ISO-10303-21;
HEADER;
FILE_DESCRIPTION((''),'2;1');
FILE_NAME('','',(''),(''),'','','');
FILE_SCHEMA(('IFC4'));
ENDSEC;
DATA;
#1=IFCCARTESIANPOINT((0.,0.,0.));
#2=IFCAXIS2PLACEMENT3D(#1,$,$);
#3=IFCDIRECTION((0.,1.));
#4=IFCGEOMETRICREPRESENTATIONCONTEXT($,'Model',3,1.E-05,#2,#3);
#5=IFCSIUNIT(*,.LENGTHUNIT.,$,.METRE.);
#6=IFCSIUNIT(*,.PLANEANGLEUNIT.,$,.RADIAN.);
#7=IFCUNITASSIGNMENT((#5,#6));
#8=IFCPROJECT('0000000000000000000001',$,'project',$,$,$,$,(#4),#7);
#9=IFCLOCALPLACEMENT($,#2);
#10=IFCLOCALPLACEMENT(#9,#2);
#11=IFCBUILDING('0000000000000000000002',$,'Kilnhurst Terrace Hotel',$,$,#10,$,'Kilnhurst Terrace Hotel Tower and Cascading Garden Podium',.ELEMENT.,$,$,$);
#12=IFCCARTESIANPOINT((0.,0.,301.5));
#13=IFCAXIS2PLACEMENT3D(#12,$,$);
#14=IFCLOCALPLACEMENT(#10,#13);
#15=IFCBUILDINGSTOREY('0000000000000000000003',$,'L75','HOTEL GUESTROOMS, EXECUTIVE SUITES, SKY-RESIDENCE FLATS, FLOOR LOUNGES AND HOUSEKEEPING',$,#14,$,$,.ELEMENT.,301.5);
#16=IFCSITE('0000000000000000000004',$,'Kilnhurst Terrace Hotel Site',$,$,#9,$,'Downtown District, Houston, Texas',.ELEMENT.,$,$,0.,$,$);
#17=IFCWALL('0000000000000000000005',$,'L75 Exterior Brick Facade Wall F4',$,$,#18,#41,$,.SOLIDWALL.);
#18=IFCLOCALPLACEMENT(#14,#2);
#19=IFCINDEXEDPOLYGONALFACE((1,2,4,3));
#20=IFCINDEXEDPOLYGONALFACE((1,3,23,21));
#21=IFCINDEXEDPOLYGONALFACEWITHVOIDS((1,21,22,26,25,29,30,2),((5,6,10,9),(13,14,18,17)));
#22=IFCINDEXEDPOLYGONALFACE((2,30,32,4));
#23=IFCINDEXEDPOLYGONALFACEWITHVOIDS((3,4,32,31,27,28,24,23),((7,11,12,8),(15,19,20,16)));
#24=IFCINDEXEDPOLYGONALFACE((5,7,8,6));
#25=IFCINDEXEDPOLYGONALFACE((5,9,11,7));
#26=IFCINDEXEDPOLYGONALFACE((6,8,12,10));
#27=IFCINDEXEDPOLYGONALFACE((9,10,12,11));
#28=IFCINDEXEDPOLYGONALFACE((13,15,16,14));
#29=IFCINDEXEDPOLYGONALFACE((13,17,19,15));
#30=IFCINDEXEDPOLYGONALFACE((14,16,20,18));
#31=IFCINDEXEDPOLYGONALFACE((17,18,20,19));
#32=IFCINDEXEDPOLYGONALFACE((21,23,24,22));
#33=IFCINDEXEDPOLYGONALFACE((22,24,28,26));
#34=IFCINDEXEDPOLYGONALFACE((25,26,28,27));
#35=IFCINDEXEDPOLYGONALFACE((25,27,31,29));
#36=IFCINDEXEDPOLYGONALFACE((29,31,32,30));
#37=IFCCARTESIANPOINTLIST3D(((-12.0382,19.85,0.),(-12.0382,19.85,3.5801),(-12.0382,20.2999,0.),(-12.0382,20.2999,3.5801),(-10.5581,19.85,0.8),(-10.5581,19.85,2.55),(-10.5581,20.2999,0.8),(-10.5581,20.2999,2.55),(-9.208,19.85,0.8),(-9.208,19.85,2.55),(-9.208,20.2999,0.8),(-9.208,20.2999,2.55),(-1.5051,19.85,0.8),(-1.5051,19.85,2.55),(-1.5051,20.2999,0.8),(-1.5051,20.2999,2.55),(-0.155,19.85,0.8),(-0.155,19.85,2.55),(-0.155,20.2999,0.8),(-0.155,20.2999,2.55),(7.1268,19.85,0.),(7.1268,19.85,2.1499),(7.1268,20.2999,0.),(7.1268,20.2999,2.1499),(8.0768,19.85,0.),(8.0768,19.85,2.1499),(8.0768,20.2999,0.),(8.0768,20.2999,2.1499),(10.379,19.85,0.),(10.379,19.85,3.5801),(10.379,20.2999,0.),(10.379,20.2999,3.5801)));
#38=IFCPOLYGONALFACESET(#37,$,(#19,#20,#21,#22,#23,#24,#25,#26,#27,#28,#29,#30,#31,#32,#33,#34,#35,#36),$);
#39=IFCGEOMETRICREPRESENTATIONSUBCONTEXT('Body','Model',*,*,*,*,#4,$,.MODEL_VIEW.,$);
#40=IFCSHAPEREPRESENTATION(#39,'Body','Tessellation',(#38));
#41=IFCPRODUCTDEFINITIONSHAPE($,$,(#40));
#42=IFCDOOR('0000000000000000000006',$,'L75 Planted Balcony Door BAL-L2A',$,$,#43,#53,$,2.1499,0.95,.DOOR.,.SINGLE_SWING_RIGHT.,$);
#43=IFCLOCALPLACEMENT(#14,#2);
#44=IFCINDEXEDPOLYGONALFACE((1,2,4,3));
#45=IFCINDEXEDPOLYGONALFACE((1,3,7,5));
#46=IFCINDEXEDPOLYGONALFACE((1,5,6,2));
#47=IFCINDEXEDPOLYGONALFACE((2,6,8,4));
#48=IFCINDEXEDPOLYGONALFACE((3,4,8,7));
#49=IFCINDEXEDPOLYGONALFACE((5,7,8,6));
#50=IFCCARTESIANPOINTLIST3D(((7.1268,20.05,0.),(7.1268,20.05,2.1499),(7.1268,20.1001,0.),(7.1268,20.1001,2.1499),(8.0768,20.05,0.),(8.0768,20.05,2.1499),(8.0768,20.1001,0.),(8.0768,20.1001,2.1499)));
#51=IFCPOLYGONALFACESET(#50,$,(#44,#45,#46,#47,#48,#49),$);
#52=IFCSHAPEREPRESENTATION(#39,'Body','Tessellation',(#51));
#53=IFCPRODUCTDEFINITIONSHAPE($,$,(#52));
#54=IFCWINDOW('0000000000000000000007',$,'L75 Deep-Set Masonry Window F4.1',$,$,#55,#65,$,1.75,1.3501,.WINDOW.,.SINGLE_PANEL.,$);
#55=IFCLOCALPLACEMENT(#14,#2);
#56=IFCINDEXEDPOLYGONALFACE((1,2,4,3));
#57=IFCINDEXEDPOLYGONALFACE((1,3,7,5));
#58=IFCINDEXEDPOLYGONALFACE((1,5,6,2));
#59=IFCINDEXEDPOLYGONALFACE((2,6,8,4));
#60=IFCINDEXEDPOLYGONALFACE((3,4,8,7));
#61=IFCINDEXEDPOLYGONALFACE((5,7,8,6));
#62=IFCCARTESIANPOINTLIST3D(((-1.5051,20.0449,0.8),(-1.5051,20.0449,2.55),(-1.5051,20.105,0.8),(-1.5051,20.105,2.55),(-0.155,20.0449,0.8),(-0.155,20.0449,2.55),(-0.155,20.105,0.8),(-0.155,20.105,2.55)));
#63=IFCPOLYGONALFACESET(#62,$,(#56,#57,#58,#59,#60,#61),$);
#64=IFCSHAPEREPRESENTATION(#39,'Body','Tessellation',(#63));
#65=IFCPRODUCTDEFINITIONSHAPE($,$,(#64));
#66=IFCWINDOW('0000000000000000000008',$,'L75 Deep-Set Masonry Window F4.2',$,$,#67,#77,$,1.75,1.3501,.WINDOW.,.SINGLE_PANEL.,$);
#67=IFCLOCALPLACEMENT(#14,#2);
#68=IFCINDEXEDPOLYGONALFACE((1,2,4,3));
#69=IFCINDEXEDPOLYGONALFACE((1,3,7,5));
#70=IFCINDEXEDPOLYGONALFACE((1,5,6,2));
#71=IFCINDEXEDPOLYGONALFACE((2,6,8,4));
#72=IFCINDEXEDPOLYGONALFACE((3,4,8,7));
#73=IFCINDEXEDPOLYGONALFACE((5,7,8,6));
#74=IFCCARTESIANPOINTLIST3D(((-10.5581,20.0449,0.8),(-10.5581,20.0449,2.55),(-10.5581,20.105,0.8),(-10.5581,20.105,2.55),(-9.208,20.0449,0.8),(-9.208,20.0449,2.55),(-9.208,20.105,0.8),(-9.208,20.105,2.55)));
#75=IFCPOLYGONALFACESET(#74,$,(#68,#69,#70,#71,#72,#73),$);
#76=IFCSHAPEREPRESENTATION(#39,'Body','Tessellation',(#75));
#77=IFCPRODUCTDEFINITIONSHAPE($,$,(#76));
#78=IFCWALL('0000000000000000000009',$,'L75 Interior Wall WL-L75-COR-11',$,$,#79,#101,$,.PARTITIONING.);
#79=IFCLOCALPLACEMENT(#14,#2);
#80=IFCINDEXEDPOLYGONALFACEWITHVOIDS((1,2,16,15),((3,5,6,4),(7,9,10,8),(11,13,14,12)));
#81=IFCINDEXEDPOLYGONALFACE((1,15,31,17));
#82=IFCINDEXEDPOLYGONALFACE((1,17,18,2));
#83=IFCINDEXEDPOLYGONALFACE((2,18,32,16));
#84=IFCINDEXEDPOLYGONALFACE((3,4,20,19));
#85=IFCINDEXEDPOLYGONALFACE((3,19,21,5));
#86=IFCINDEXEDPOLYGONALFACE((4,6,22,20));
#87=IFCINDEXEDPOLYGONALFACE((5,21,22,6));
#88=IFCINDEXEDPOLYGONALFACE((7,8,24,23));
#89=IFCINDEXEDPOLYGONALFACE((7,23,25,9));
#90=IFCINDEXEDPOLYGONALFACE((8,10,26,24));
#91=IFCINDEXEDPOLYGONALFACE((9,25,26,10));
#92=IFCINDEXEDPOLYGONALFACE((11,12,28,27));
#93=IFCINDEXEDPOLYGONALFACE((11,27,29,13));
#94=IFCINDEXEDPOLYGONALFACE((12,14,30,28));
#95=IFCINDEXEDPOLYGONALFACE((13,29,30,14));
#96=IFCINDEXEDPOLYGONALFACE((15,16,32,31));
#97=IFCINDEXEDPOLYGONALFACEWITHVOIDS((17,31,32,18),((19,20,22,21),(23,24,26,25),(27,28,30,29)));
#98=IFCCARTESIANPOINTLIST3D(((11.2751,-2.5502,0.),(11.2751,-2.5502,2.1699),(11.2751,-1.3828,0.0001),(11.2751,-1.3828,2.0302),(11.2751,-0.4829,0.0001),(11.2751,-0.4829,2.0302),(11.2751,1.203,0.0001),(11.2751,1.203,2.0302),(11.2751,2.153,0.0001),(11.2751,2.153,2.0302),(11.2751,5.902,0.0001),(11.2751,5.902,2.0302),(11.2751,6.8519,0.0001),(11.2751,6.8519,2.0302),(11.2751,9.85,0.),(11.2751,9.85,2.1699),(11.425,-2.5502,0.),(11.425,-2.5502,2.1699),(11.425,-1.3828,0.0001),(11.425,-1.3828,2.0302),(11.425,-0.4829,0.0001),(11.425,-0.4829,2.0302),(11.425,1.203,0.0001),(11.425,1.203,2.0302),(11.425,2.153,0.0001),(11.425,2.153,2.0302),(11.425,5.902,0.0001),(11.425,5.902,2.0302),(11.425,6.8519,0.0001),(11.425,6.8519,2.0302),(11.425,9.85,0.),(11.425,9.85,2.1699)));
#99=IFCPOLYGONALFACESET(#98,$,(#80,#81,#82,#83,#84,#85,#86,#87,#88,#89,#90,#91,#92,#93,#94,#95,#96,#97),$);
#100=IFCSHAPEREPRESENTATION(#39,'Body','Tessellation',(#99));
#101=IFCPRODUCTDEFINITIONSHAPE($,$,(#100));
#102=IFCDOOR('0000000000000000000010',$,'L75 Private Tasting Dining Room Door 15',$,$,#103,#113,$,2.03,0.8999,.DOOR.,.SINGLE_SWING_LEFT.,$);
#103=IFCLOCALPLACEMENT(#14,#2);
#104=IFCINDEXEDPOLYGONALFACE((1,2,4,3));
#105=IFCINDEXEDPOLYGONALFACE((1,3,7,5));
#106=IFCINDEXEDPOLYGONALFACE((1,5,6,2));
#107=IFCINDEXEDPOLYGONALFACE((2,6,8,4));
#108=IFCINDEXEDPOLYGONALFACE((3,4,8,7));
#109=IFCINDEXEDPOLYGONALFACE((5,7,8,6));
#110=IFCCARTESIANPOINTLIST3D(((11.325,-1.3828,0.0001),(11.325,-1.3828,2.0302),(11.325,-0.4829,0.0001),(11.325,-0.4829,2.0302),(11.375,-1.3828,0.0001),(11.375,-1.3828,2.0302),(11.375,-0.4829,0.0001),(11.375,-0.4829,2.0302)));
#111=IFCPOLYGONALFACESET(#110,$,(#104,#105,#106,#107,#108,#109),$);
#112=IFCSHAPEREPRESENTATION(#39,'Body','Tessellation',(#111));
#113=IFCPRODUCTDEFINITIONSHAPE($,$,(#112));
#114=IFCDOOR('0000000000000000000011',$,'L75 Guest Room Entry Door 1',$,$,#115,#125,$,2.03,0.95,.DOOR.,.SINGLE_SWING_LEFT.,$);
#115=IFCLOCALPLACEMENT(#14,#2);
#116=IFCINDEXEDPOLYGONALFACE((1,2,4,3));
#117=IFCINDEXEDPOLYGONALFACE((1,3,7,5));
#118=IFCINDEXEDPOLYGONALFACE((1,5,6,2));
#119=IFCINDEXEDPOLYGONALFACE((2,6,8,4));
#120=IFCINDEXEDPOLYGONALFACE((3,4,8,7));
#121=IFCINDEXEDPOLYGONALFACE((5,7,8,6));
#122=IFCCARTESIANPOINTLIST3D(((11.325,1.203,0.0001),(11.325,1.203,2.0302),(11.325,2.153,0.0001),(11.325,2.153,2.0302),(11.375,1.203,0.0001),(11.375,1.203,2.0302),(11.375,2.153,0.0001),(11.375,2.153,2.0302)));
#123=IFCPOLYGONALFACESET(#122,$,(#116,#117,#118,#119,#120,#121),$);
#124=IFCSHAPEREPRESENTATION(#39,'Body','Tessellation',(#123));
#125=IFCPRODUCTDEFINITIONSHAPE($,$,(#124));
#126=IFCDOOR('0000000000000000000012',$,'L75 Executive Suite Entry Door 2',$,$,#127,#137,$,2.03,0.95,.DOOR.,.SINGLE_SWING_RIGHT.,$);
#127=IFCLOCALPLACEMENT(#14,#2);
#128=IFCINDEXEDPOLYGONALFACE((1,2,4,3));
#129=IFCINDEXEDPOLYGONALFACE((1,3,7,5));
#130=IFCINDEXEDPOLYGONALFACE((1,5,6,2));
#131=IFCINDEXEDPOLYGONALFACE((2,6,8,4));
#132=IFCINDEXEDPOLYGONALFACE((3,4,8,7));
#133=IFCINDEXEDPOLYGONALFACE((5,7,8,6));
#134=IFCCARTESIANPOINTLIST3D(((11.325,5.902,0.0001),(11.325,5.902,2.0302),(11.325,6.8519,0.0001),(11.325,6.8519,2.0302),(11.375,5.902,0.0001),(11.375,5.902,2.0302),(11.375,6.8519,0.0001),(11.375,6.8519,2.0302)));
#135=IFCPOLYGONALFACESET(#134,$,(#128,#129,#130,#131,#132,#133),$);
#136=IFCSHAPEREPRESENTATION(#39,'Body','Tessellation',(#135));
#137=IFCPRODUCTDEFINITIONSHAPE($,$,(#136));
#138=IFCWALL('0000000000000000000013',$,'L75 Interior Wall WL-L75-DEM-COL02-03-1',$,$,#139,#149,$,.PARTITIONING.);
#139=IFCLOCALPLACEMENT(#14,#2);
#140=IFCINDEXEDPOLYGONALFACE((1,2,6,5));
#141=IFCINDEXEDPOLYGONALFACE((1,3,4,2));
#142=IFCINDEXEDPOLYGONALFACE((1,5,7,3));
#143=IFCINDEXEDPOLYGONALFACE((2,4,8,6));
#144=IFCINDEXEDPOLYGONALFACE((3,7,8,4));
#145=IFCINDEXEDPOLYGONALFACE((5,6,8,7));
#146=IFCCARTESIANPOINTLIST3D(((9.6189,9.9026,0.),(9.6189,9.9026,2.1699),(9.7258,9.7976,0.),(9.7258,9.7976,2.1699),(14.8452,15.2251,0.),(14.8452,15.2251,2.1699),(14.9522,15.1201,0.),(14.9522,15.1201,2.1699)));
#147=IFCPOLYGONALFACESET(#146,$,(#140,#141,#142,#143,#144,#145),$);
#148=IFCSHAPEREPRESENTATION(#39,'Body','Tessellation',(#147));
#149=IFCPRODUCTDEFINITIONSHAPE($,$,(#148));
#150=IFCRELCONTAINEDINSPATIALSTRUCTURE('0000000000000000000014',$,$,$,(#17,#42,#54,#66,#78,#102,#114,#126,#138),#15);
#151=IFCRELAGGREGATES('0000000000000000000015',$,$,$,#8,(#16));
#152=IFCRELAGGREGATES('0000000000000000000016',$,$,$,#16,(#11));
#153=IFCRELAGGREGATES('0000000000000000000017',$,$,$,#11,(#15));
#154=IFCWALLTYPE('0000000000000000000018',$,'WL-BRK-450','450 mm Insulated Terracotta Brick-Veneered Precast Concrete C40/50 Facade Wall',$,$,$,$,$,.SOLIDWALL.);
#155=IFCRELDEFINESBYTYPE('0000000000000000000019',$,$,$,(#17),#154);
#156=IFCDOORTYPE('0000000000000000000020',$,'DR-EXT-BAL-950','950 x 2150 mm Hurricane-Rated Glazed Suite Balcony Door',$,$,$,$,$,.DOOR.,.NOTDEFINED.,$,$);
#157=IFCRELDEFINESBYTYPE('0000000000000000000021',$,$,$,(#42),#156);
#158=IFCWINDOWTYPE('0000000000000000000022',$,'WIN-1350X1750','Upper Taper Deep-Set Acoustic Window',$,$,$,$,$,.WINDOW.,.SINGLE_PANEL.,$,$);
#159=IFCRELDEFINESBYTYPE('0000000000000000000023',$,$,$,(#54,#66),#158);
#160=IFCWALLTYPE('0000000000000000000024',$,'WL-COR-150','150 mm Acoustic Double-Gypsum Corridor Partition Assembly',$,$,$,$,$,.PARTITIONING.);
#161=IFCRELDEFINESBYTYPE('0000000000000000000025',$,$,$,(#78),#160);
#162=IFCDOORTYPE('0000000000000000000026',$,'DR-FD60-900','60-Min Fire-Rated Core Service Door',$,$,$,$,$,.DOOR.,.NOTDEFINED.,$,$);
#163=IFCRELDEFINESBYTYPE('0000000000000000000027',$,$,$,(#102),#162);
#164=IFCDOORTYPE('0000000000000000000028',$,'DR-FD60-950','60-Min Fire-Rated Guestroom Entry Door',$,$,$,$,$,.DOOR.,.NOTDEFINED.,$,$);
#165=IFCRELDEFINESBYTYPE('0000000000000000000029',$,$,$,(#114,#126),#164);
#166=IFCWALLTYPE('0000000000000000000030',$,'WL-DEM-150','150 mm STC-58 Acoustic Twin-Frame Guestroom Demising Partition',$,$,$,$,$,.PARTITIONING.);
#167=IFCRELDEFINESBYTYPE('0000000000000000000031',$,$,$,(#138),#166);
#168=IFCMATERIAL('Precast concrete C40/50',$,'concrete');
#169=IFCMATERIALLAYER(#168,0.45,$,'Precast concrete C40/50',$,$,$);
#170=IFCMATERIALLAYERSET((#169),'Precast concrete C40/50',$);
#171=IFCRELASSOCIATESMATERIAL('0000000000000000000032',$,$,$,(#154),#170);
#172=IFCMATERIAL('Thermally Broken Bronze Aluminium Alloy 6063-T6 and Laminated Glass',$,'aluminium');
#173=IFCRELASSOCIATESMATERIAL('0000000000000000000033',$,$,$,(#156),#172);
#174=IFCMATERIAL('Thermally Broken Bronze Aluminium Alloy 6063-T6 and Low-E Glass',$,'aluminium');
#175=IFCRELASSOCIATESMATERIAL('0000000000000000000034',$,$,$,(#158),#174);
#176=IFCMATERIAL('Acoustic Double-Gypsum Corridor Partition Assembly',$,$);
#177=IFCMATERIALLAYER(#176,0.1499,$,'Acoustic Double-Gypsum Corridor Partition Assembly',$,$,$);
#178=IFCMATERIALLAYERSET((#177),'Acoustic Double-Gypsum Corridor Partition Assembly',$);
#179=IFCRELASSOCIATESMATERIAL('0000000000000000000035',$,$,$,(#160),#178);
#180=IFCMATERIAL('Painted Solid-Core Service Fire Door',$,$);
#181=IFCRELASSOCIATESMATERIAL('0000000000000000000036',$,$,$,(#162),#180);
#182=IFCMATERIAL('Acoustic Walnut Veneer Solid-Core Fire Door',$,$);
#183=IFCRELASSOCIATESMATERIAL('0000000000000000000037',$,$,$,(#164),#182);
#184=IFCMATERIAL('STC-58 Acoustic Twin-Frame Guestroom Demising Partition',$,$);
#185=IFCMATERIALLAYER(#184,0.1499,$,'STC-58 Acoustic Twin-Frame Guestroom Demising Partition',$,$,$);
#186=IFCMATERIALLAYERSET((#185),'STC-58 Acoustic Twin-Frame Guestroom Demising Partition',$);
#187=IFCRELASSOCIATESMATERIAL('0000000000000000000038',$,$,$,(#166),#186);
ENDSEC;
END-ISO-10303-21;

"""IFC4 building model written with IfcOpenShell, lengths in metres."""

from ifc_helpers import new_model, si_unit, direction, frame, frame_2d, origin, place, context, subcontext, project, spatial, rectangle, extrude, material, layer, layer_set, type_object, element, fill, save


model = new_model("IFC4")

# Units and contexts
model_context = context("Model", 3, precision=1e-05, world=origin(), true_north=direction((0.0, 1.0)))
body_context = subcontext(model_context, "Body", "Model", "MODEL_VIEW")
ifc_project = project(units=[si_unit("LENGTHUNIT", "METRE"), si_unit("PLANEANGLEUNIT", "RADIAN")], contexts=[model_context])

# Site, building, storey
site_placement = place(None, origin())
site = spatial("IfcSite", under=ifc_project, at=site_placement, Name="Kilnhurst Terrace Hotel Site", LongName="Downtown District, Houston, Texas", CompositionType="ELEMENT", RefElevation=0.0)
building_placement = place(site_placement, origin())
building = spatial("IfcBuilding", under=site, at=building_placement, Name="Kilnhurst Terrace Hotel", LongName="Kilnhurst Terrace Hotel Tower and Cascading Garden Podium", CompositionType="ELEMENT")
storey_placement = place(building_placement, frame((0.0, 0.0, 301.5)))
storey = spatial("IfcBuildingStorey", under=building, at=storey_placement, Name="L75", Description="HOTEL GUESTROOMS, EXECUTIVE SUITES, SKY-RESIDENCE FLATS, FLOOR LOUNGES AND HOUSEKEEPING", CompositionType="ELEMENT", Elevation=301.5)

# Shared definitions
ifc_material_1 = material(Name="Precast concrete C40/50", Category="concrete")
ifc_layer_1 = layer(ifc_material_1, 0.45, Name="Precast concrete C40/50")
ifc_layer_set_1 = layer_set([ifc_layer_1], Name="Precast concrete C40/50")
wall_type_1 = type_object("IfcWallType", Name="WL-BRK-450", Description="450 mm Insulated Terracotta Brick-Veneered Precast Concrete C40/50 Facade Wall", PredefinedType="SOLIDWALL", material=ifc_layer_set_1)

# Wall, openings, door, windows
wall_1_placement = place(storey_placement, frame((10.3789, 20.075, 0.0), z_axis=(0.0, 0.0, 1.0), x_axis=(-1.0, 0.0, 0.0)))
wall_1 = element("IfcWall", 1, at=wall_1_placement, inside=storey, type_object=wall_type_1, Name="L75 Exterior Brick Facade Wall F4", PredefinedType="SOLIDWALL", context=body_context, shape_type="SweptSolid", body=[
    extrude(rectangle(XDim=22.4172, YDim=0.45, at=frame_2d((11.2085, 0.0))), origin(), (0.0, 0.0, 1.0), 3.5801),
])
opening_1_placement = place(wall_1_placement, frame((2.302, 0.0, 0.0)))
opening_1 = element("IfcOpeningElement", 2, at=opening_1_placement, cuts=wall_1, PredefinedType="OPENING", context=body_context, shape_type="SweptSolid", body=[
    extrude(rectangle(XDim=0.95, YDim=2.1499, at=frame_2d((0.4751, 1.075))), frame((0.0, 0.2349, 0.0), z_axis=(0.0, -1.0, 0.0), x_axis=(1.0, 0.0, 0.0)), (0.0, 0.0, 1.0), 0.47),
])
opening_2_placement = place(wall_1_placement, frame((10.5339, 0.0, 0.8)))
opening_2 = element("IfcOpeningElement", 3, at=opening_2_placement, cuts=wall_1, PredefinedType="OPENING", context=body_context, shape_type="SweptSolid", body=[
    extrude(rectangle(XDim=1.3501, YDim=1.75, at=frame_2d((0.675, 0.875))), frame((0.0, 0.2349, 0.0), z_axis=(0.0, -1.0, 0.0), x_axis=(1.0, 0.0, 0.0)), (0.0, 0.0, 1.0), 0.47),
])
opening_3_placement = place(wall_1_placement, frame((19.5869, 0.0, 0.8)))
opening_3 = element("IfcOpeningElement", 4, at=opening_3_placement, cuts=wall_1, PredefinedType="OPENING", context=body_context, shape_type="SweptSolid", body=[
    extrude(rectangle(XDim=1.3501, YDim=1.75, at=frame_2d((0.675, 0.875))), frame((0.0, 0.2349, 0.0), z_axis=(0.0, -1.0, 0.0), x_axis=(1.0, 0.0, 0.0)), (0.0, 0.0, 1.0), 0.47),
])
ifc_material_2 = material(Name="Thermally Broken Bronze Aluminium Alloy 6063-T6 and Laminated Glass", Category="aluminium")
door_type_1 = type_object("IfcDoorType", Name="DR-EXT-BAL-950", Description="950 x 2150 mm Hurricane-Rated Glazed Suite Balcony Door", OperationType="NOTDEFINED", PredefinedType="DOOR", material=ifc_material_2)
door_1_placement = place(opening_1_placement, origin())
door_1 = element("IfcDoor", 5, at=door_1_placement, inside=storey, type_object=door_type_1, Name="L75 Planted Balcony Door BAL-L2A", OperationType="SINGLE_SWING_RIGHT", OverallHeight=2.1499, OverallWidth=0.95, PredefinedType="DOOR", context=body_context, shape_type="SweptSolid", body=[
    extrude(rectangle(XDim=0.95, YDim=2.1499, at=frame_2d((0.4751, 1.075))), frame((0.0, 0.0249, 0.0), z_axis=(0.0, -1.0, 0.0), x_axis=(1.0, 0.0, 0.0)), (0.0, 0.0, 1.0), 0.05),
])
fill(opening_1, door_1)
ifc_material_3 = material(Name="Thermally Broken Bronze Aluminium Alloy 6063-T6 and Low-E Glass", Category="aluminium")
window_type = type_object("IfcWindowType", Name="WIN-1350X1750", Description="Upper Taper Deep-Set Acoustic Window", PartitioningType="SINGLE_PANEL", PredefinedType="WINDOW", material=ifc_material_3)
window_1_placement = place(opening_2_placement, origin())
window_1 = element("IfcWindow", 6, at=window_1_placement, inside=storey, type_object=window_type, Name="L75 Deep-Set Masonry Window F4.1", OverallHeight=1.75, OverallWidth=1.3501, PartitioningType="SINGLE_PANEL", PredefinedType="WINDOW", context=body_context, shape_type="SweptSolid", body=[
    extrude(rectangle(XDim=1.3501, YDim=1.75, at=frame_2d((0.675, 0.875))), frame((0.0, 0.03, 0.0), z_axis=(0.0, -1.0, 0.0), x_axis=(1.0, 0.0, 0.0)), (0.0, 0.0, 1.0), 0.0601),
])
fill(opening_2, window_1)
window_2_placement = place(opening_3_placement, origin())
window_2 = element("IfcWindow", 7, at=window_2_placement, inside=storey, type_object=window_type, Name="L75 Deep-Set Masonry Window F4.2", OverallHeight=1.75, OverallWidth=1.3501, PartitioningType="SINGLE_PANEL", PredefinedType="WINDOW", context=body_context, shape_type="SweptSolid", body=[
    extrude(rectangle(XDim=1.3501, YDim=1.75, at=frame_2d((0.675, 0.875))), frame((0.0, 0.03, 0.0), z_axis=(0.0, -1.0, 0.0), x_axis=(1.0, 0.0, 0.0)), (0.0, 0.0, 1.0), 0.0601),
])
fill(opening_3, window_2)

# Wall, openings, doors
ifc_material_4 = material(Name="Acoustic Double-Gypsum Corridor Partition Assembly")
ifc_layer_2 = layer(ifc_material_4, 0.1499, Name="Acoustic Double-Gypsum Corridor Partition Assembly")
ifc_layer_set_2 = layer_set([ifc_layer_2], Name="Acoustic Double-Gypsum Corridor Partition Assembly")
wall_type_2 = type_object("IfcWallType", Name="WL-COR-150", Description="150 mm Acoustic Double-Gypsum Corridor Partition Assembly", PredefinedType="PARTITIONING", material=ifc_layer_set_2)
wall_2_placement = place(storey_placement, frame((11.3501, 9.8501, 0.0), z_axis=(0.0, 0.0, 1.0), x_axis=(0.0, -1.0, 0.0)))
wall_2 = element("IfcWall", 8, at=wall_2_placement, inside=storey, type_object=wall_type_2, Name="L75 Interior Wall WL-L75-COR-11", PredefinedType="PARTITIONING", context=body_context, shape_type="SweptSolid", body=[
    extrude(rectangle(XDim=12.4001, YDim=0.1499, at=frame_2d((6.2002, 0.0))), origin(), (0.0, 0.0, 1.0), 2.1699),
])
opening_4_placement = place(wall_2_placement, frame((7.697, 0.0, 0.0)))
opening_4 = element("IfcOpeningElement", 9, at=opening_4_placement, cuts=wall_2, PredefinedType="OPENING", context=body_context, shape_type="SweptSolid", body=[
    extrude(rectangle(XDim=0.95, YDim=2.03, at=frame_2d((0.4751, 1.0151))), frame((0.0, 0.085, 0.0), z_axis=(0.0, -1.0, 0.0), x_axis=(1.0, 0.0, 0.0)), (0.0, 0.0, 1.0), 0.1699),
])
opening_5_placement = place(wall_2_placement, frame((2.998, 0.0, 0.0)))
opening_5 = element("IfcOpeningElement", 10, at=opening_5_placement, cuts=wall_2, PredefinedType="OPENING", context=body_context, shape_type="SweptSolid", body=[
    extrude(rectangle(XDim=0.95, YDim=2.03, at=frame_2d((0.4751, 1.0151))), frame((0.0, 0.085, 0.0), z_axis=(0.0, -1.0, 0.0), x_axis=(1.0, 0.0, 0.0)), (0.0, 0.0, 1.0), 0.1699),
])
opening_6_placement = place(wall_2_placement, frame((10.333, 0.0, 0.0)))
opening_6 = element("IfcOpeningElement", 11, at=opening_6_placement, cuts=wall_2, PredefinedType="OPENING", context=body_context, shape_type="SweptSolid", body=[
    extrude(rectangle(XDim=0.8999, YDim=2.03, at=frame_2d((0.45, 1.0151))), frame((0.0, 0.085, 0.0), z_axis=(0.0, -1.0, 0.0), x_axis=(1.0, 0.0, 0.0)), (0.0, 0.0, 1.0), 0.1699),
])
ifc_material_5 = material(Name="Painted Solid-Core Service Fire Door")
door_type_2 = type_object("IfcDoorType", Name="DR-FD60-900", Description="60-Min Fire-Rated Core Service Door", OperationType="NOTDEFINED", PredefinedType="DOOR", material=ifc_material_5)
door_2_placement = place(opening_6_placement, origin())
door_2 = element("IfcDoor", 12, at=door_2_placement, inside=storey, type_object=door_type_2, Name="L75 Private Tasting Dining Room Door 15", OperationType="SINGLE_SWING_LEFT", OverallHeight=2.03, OverallWidth=0.8999, PredefinedType="DOOR", context=body_context, shape_type="SweptSolid", body=[
    extrude(rectangle(XDim=0.8999, YDim=2.03, at=frame_2d((0.45, 1.0151))), frame((0.0, 0.0249, 0.0), z_axis=(0.0, -1.0, 0.0), x_axis=(1.0, 0.0, 0.0)), (0.0, 0.0, 1.0), 0.05),
])
fill(opening_6, door_2)
ifc_material_6 = material(Name="Acoustic Walnut Veneer Solid-Core Fire Door")
door_type_3 = type_object("IfcDoorType", Name="DR-FD60-950", Description="60-Min Fire-Rated Guestroom Entry Door", OperationType="NOTDEFINED", PredefinedType="DOOR", material=ifc_material_6)
door_3_placement = place(opening_4_placement, origin())
door_3 = element("IfcDoor", 13, at=door_3_placement, inside=storey, type_object=door_type_3, Name="L75 Guest Room Entry Door 1", OperationType="SINGLE_SWING_LEFT", OverallHeight=2.03, OverallWidth=0.95, PredefinedType="DOOR", context=body_context, shape_type="SweptSolid", body=[
    extrude(rectangle(XDim=0.95, YDim=2.03, at=frame_2d((0.4751, 1.0151))), frame((0.0, 0.0249, 0.0), z_axis=(0.0, -1.0, 0.0), x_axis=(1.0, 0.0, 0.0)), (0.0, 0.0, 1.0), 0.05),
])
fill(opening_4, door_3)
door_4_placement = place(opening_5_placement, origin())
door_4 = element("IfcDoor", 14, at=door_4_placement, inside=storey, type_object=door_type_3, Name="L75 Executive Suite Entry Door 2", OperationType="SINGLE_SWING_RIGHT", OverallHeight=2.03, OverallWidth=0.95, PredefinedType="DOOR", context=body_context, shape_type="SweptSolid", body=[
    extrude(rectangle(XDim=0.95, YDim=2.03, at=frame_2d((0.4751, 1.0151))), frame((0.0, 0.0249, 0.0), z_axis=(0.0, -1.0, 0.0), x_axis=(1.0, 0.0, 0.0)), (0.0, 0.0, 1.0), 0.05),
])
fill(opening_5, door_4)

# Wall
ifc_material_7 = material(Name="STC-58 Acoustic Twin-Frame Guestroom Demising Partition")
ifc_layer_3 = layer(ifc_material_7, 0.1499, Name="STC-58 Acoustic Twin-Frame Guestroom Demising Partition")
ifc_layer_set_3 = layer_set([ifc_layer_3], Name="STC-58 Acoustic Twin-Frame Guestroom Demising Partition")
wall_type_3 = type_object("IfcWallType", Name="WL-DEM-150", Description="150 mm STC-58 Acoustic Twin-Frame Guestroom Demising Partition", PredefinedType="PARTITIONING", material=ifc_layer_set_3)
wall_3_placement = place(storey_placement, frame((9.6724, 9.8501, 0.0), z_axis=(0.0, 0.0, 1.0), x_axis=(0.70063, 0.713525, 0.0)))
element("IfcWall", 15, at=wall_3_placement, inside=storey, type_object=wall_type_3, Name="L75 Interior Wall WL-L75-DEM-COL02-03-1", PredefinedType="PARTITIONING", context=body_context, shape_type="SweptSolid", body=[
    extrude(rectangle(XDim=7.4595, YDim=0.1499, at=frame_2d((3.7297, 0.0))), origin(), (0.0, 0.0, 1.0), 2.1699),
])

save(model, "model.ifc")
